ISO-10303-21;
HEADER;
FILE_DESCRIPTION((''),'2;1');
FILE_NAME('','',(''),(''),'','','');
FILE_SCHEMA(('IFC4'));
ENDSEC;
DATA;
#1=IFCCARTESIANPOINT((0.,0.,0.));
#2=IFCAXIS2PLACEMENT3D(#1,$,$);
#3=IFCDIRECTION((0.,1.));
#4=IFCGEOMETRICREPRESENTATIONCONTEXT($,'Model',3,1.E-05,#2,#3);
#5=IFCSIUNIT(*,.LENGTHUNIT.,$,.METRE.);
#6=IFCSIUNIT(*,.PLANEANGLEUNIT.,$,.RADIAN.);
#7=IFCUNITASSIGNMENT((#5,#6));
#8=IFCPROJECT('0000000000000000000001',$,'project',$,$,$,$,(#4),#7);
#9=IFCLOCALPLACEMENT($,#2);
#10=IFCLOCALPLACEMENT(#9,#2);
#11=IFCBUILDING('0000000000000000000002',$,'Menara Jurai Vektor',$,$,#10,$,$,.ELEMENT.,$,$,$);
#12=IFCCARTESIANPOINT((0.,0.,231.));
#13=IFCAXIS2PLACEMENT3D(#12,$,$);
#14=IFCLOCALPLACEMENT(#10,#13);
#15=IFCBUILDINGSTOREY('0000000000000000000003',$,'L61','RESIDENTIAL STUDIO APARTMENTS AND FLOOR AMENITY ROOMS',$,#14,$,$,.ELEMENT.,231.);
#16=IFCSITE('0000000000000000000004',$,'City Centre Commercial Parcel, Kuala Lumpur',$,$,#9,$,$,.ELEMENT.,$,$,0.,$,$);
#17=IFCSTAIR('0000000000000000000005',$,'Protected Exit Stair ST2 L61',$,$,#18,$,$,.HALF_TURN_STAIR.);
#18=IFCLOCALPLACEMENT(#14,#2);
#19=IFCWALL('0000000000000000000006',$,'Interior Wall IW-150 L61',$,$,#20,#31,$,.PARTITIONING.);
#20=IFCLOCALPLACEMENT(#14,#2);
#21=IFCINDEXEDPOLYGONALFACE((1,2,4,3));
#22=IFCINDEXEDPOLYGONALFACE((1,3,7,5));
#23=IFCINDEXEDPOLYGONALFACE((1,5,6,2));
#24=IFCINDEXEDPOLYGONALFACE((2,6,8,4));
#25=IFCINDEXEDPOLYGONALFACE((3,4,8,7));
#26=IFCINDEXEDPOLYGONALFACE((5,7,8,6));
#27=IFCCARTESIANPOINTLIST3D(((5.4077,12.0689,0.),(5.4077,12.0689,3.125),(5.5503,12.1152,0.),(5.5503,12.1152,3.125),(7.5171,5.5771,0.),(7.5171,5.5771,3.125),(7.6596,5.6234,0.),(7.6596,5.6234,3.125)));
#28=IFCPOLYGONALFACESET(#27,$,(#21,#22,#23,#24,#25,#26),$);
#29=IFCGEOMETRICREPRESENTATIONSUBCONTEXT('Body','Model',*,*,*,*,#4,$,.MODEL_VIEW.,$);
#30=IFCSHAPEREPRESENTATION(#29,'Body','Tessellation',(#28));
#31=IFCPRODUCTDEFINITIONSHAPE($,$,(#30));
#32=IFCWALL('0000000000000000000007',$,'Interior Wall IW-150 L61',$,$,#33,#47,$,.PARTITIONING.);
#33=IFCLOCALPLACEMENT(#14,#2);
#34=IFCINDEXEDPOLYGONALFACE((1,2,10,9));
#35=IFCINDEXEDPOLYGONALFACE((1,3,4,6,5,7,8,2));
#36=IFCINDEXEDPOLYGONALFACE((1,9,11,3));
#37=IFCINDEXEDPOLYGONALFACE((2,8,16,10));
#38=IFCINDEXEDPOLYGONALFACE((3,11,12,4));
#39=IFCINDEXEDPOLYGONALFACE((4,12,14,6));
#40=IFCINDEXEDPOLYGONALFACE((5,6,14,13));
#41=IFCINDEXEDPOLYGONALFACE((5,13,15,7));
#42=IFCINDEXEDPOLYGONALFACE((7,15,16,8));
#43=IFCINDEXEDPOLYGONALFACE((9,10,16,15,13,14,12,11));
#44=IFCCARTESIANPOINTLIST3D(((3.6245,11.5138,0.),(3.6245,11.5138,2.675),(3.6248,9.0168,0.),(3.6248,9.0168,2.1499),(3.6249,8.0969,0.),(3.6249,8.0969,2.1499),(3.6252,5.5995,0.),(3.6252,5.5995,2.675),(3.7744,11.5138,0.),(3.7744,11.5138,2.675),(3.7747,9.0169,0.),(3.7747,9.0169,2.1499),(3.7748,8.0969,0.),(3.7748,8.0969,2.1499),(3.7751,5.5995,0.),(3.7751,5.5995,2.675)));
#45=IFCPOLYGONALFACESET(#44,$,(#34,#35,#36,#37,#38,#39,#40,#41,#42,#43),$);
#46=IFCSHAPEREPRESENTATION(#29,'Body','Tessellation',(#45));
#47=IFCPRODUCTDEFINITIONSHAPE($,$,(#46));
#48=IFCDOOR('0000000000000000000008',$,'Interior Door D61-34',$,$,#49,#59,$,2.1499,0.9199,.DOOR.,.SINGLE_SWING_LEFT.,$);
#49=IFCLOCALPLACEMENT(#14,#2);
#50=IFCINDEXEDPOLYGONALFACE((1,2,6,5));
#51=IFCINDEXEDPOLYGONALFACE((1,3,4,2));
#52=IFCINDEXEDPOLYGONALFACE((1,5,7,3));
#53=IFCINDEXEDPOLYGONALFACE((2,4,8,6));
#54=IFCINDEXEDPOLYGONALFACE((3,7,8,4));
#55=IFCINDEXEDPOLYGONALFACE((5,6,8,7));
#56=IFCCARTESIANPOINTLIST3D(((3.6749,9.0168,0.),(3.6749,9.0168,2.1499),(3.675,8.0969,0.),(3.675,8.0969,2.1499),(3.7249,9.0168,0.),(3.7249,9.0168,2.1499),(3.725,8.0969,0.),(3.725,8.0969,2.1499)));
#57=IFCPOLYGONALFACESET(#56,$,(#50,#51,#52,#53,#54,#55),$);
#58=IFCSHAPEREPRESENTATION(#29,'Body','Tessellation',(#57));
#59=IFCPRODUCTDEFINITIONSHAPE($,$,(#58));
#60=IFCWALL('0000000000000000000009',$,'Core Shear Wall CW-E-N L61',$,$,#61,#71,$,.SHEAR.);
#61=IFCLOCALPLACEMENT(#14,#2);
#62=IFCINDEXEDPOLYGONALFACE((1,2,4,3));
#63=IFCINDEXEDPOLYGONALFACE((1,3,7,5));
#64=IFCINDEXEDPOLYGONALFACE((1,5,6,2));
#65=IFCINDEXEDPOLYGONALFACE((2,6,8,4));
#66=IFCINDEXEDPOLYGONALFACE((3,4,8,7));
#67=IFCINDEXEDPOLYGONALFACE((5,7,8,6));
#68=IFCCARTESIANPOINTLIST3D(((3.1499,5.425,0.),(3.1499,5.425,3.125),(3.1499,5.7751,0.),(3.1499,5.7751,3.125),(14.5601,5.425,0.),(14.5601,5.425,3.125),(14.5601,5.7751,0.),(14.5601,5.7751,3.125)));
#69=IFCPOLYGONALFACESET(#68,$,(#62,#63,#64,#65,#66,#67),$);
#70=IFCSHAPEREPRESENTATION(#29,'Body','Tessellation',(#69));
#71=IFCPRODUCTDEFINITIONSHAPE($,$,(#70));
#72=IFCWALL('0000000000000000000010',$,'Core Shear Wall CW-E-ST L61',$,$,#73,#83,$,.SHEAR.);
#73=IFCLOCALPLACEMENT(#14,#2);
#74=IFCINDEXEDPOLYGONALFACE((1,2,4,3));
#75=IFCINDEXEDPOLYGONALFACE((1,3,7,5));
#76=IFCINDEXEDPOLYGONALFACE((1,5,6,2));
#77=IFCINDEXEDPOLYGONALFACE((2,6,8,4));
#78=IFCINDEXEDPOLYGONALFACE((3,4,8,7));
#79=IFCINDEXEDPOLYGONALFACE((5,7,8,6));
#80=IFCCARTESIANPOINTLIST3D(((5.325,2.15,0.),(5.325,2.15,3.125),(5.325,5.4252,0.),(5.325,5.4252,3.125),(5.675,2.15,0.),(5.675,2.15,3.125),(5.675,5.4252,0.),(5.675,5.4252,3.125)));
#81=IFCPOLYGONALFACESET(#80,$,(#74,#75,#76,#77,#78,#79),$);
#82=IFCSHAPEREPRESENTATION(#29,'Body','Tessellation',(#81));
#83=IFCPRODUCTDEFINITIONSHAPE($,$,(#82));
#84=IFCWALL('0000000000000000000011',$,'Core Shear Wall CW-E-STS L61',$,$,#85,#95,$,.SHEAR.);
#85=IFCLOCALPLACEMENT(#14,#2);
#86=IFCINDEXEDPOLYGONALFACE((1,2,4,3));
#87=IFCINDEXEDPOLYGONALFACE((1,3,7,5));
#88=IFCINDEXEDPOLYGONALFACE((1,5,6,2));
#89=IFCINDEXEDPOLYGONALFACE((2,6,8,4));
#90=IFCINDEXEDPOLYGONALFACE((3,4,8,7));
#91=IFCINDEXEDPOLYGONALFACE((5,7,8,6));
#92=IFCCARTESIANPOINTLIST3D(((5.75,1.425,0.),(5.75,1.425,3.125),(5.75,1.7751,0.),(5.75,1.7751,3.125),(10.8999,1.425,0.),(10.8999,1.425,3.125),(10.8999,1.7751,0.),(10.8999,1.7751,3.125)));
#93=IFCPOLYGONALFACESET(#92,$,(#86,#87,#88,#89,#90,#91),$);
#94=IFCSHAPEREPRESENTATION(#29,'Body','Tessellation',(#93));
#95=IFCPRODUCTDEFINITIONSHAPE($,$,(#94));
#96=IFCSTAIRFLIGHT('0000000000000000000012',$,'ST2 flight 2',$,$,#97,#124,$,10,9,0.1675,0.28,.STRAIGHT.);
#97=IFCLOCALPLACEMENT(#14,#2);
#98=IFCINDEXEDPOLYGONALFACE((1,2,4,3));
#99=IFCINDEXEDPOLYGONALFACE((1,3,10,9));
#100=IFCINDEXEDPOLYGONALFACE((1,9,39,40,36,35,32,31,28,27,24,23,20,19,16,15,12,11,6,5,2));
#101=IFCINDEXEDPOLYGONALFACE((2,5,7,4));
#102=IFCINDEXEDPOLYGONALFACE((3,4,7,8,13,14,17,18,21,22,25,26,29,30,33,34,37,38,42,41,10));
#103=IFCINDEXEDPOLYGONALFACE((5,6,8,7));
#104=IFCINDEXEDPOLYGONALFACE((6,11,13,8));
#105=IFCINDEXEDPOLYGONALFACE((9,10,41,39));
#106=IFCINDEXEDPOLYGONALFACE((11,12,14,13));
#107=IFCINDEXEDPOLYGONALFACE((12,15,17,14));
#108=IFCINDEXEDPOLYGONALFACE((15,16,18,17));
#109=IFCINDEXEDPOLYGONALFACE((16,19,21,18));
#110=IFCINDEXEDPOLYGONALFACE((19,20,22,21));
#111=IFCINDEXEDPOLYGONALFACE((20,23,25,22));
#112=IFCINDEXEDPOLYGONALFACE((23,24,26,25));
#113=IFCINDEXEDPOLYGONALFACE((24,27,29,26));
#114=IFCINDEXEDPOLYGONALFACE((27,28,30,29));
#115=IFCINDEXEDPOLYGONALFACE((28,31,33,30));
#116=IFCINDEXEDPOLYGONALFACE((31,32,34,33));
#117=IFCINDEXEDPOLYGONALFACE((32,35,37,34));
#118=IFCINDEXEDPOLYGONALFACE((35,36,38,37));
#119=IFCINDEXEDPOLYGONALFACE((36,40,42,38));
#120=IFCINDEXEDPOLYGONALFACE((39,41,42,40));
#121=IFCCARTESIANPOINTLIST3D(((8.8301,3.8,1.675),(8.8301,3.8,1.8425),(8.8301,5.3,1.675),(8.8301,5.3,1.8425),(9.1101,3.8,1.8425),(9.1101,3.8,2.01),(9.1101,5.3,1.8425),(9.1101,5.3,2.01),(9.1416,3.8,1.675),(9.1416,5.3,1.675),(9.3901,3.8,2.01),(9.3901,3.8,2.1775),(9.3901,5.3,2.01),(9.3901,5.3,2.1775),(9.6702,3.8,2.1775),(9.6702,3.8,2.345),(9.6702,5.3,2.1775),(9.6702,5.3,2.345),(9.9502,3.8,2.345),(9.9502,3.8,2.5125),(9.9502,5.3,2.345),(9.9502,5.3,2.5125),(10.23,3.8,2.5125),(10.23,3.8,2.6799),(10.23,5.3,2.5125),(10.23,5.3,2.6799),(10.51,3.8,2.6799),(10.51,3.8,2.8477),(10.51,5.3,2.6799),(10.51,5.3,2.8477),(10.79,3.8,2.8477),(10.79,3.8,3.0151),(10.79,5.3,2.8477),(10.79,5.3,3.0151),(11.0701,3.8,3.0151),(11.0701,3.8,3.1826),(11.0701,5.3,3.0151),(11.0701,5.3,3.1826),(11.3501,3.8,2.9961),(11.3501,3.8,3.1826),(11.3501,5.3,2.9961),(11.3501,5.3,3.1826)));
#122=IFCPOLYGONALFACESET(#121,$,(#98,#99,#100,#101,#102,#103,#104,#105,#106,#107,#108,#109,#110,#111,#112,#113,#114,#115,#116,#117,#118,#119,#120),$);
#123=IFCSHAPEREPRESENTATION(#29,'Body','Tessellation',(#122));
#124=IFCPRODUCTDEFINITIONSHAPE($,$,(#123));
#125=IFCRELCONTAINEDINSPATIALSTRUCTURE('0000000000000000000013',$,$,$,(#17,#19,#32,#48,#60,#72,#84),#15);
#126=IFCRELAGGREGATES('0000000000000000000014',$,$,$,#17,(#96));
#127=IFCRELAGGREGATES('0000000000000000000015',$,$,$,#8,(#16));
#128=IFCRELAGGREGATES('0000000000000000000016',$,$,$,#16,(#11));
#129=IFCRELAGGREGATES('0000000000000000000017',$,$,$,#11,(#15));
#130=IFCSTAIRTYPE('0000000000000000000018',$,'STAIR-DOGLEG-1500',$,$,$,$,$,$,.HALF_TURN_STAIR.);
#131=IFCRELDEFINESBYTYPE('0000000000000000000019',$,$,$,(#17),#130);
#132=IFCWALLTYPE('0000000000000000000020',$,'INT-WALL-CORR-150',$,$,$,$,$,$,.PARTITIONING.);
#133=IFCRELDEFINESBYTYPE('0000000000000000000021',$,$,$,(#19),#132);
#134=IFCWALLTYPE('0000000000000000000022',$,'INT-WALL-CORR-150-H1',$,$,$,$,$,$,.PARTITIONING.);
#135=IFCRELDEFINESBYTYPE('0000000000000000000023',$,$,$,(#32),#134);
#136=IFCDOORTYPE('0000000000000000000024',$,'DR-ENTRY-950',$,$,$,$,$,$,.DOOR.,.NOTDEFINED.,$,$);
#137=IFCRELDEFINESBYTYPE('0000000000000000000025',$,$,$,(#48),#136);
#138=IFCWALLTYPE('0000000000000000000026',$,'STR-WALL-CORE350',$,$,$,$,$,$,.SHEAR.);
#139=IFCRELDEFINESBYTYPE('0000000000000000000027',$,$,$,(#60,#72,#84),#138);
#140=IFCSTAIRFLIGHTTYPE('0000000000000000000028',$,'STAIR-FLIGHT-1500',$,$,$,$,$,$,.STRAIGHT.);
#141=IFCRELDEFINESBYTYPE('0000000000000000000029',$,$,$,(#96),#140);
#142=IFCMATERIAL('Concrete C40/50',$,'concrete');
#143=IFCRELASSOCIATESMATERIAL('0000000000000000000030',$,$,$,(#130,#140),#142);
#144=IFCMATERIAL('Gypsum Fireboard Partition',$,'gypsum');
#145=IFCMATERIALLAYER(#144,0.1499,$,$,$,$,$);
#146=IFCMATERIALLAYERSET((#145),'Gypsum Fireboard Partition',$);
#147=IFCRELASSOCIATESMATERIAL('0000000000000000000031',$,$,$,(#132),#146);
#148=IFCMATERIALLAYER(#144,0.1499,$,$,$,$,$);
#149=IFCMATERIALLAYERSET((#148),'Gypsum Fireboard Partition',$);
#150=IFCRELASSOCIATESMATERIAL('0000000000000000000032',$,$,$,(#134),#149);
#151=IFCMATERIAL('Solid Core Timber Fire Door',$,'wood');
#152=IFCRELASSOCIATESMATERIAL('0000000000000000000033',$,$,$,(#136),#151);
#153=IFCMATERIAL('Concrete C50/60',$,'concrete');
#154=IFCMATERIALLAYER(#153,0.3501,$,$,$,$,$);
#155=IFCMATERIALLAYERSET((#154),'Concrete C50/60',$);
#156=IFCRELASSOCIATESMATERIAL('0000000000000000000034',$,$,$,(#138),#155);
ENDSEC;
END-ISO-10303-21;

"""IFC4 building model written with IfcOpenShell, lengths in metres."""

from ifc_helpers import new_model, si_unit, direction, frame, frame_2d, origin, place, context, subcontext, project, spatial, polyline, rectangle, outline, extrude, material, layer, layer_set, type_object, element, fill, aggregate, save


model = new_model("IFC4")

# Units and contexts
model_context = context("Model", 3, precision=1e-05, world=origin(), true_north=direction((0.0, 1.0)))
body_context = subcontext(model_context, "Body", "Model", "MODEL_VIEW")
ifc_project = project(units=[si_unit("LENGTHUNIT", "METRE"), si_unit("PLANEANGLEUNIT", "RADIAN")], contexts=[model_context])

# Site, building, storey
site_placement = place(None, origin())
site = spatial("IfcSite", under=ifc_project, at=site_placement, Name="City Centre Commercial Parcel, Kuala Lumpur", CompositionType="ELEMENT", RefElevation=0.0)
building_placement = place(site_placement, origin())
building = spatial("IfcBuilding", under=site, at=building_placement, Name="Menara Jurai Vektor", CompositionType="ELEMENT")
storey_placement = place(building_placement, frame((0.0, 0.0, 231.0)))
storey = spatial("IfcBuildingStorey", under=building, at=storey_placement, Name="L61", Description="RESIDENTIAL STUDIO APARTMENTS AND FLOOR AMENITY ROOMS", CompositionType="ELEMENT", Elevation=231.0)

# Shared definitions
ifc_material_1 = material(Name="Concrete C50/60", Category="concrete")

# Stair
ifc_material_2 = material(Name="Concrete C40/50", Category="concrete")
stair_type = type_object("IfcStairType", Name="STAIR-DOGLEG-1500", PredefinedType="HALF_TURN_STAIR", material=ifc_material_2)
stair_1_placement = place(storey_placement, origin())
stair_1 = element("IfcStair", 1, at=stair_1_placement, inside=storey, type_object=stair_type, Name="Protected Exit Stair ST2 L61", PredefinedType="HALF_TURN_STAIR")

# Wall
ifc_material_3 = material(Name="Gypsum Fireboard Partition", Category="gypsum")
ifc_layer_1 = layer(ifc_material_3, 0.1499)
ifc_layer_set_1 = layer_set([ifc_layer_1], Name="Gypsum Fireboard Partition")
wall_type_1 = type_object("IfcWallType", Name="INT-WALL-CORR-150", PredefinedType="PARTITIONING", material=ifc_layer_set_1)
wall_1_placement = place(storey_placement, frame((7.5884, 5.6001, 0.0), z_axis=(0.0, 0.0, 1.0), x_axis=(-0.309019, 0.951056, 0.0)))
element("IfcWall", 2, at=wall_1_placement, inside=storey, type_object=wall_type_1, Name="Interior Wall IW-150 L61", PredefinedType="PARTITIONING", context=body_context, shape_type="SweptSolid", body=[
    extrude(rectangle(XDim=6.8259, YDim=0.1499, at=frame_2d((3.4131, 0.0))), origin(), (0.0, 0.0, 1.0), 3.125),
])

# Wall, opening, door
ifc_layer_2 = layer(ifc_material_3, 0.1499)
ifc_layer_set_2 = layer_set([ifc_layer_2], Name="Gypsum Fireboard Partition")
wall_type_2 = type_object("IfcWallType", Name="INT-WALL-CORR-150-H1", PredefinedType="PARTITIONING", material=ifc_layer_set_2)
wall_2_placement = place(storey_placement, frame((3.7002, 5.5996, 0.0), z_axis=(0.0, 0.0, 1.0), x_axis=(-0.000124, 1.0, 0.0)))
wall_2 = element("IfcWall", 3, at=wall_2_placement, inside=storey, type_object=wall_type_2, Name="Interior Wall IW-150 L61", PredefinedType="PARTITIONING", context=body_context, shape_type="SweptSolid", body=[
    extrude(rectangle(XDim=5.9143, YDim=0.1499, at=frame_2d((2.957, 0.0))), origin(), (0.0, 0.0, 1.0), 2.675),
])
opening_1_placement = place(wall_2_placement, frame((2.4973, 0.0, 0.0)))
opening_1 = element("IfcOpeningElement", 4, at=opening_1_placement, cuts=wall_2, PredefinedType="OPENING", context=body_context, shape_type="SweptSolid", body=[
    extrude(rectangle(XDim=0.9199, YDim=2.1499, at=frame_2d((0.46, 1.075))), frame((0.0, 0.085, 0.0), z_axis=(0.0, -1.0, 0.0), x_axis=(1.0, 0.0, 0.0)), (0.0, 0.0, 1.0), 0.1699),
])
ifc_material_4 = material(Name="Solid Core Timber Fire Door", Category="wood")
door_type_1 = type_object("IfcDoorType", Name="DR-ENTRY-950", OperationType="NOTDEFINED", PredefinedType="DOOR", material=ifc_material_4)
door_1_placement = place(opening_1_placement, origin())
door_1 = element("IfcDoor", 5, at=door_1_placement, inside=storey, type_object=door_type_1, Name="Interior Door D61-34", OperationType="SINGLE_SWING_LEFT", OverallHeight=2.1499, OverallWidth=0.9199, PredefinedType="DOOR", context=body_context, shape_type="SweptSolid", body=[
    extrude(rectangle(XDim=0.9199, YDim=2.1499, at=frame_2d((0.46, 1.075))), frame((0.0, 0.0249, 0.0), z_axis=(0.0, -1.0, 0.0), x_axis=(1.0, 0.0, 0.0)), (0.0, 0.0, 1.0), 0.05),
])
fill(opening_1, door_1)

# Walls
ifc_layer_3 = layer(ifc_material_1, 0.3501)
ifc_layer_set_3 = layer_set([ifc_layer_3], Name="Concrete C50/60")
wall_type_3 = type_object("IfcWallType", Name="STR-WALL-CORE350", PredefinedType="SHEAR", material=ifc_layer_set_3)
wall_3_placement = place(storey_placement, frame((3.1499, 5.6001, 0.0), z_axis=(0.0, 0.0, 1.0), x_axis=(1.0, 0.0, 0.0)))
element("IfcWall", 6, at=wall_3_placement, inside=storey, type_object=wall_type_3, Name="Core Shear Wall CW-E-N L61", PredefinedType="SHEAR", context=body_context, shape_type="SweptSolid", body=[
    extrude(rectangle(XDim=11.4102, YDim=0.3501, at=frame_2d((5.7051, 0.0))), origin(), (0.0, 0.0, 1.0), 3.125),
])
wall_4_placement = place(storey_placement, frame((5.5, 2.1499, 0.0), z_axis=(0.0, 0.0, 1.0), x_axis=(0.0, 1.0, 0.0)))
element("IfcWall", 7, at=wall_4_placement, inside=storey, type_object=wall_type_3, Name="Core Shear Wall CW-E-ST L61", PredefinedType="SHEAR", context=body_context, shape_type="SweptSolid", body=[
    extrude(rectangle(XDim=3.2751, YDim=0.3501, at=frame_2d((1.6377, 0.0))), origin(), (0.0, 0.0, 1.0), 3.125),
])
wall_5_placement = place(storey_placement, frame((5.75, 1.6001, 0.0), z_axis=(0.0, 0.0, 1.0), x_axis=(1.0, 0.0, 0.0)))
element("IfcWall", 8, at=wall_5_placement, inside=storey, type_object=wall_type_3, Name="Core Shear Wall CW-E-STS L61", PredefinedType="SHEAR", context=body_context, shape_type="SweptSolid", body=[
    extrude(rectangle(XDim=5.1499, YDim=0.3501, at=frame_2d((2.575, 0.0))), origin(), (0.0, 0.0, 1.0), 3.125),
])

# Stair flight
stair_flight_type = type_object("IfcStairFlightType", Name="STAIR-FLIGHT-1500", PredefinedType="STRAIGHT", material=ifc_material_2)
stair_flight_placement = place(storey_placement, frame((8.8301, 4.55, 1.675), z_axis=(0.0, 0.0, 1.0), x_axis=(1.0, 0.0, 0.0)))
stair_flight = element("IfcStairFlight", 9, at=stair_flight_placement, type_object=stair_flight_type, Name="ST2 flight 2", NumberOfRisers=10, NumberOfTreads=9, PredefinedType="STRAIGHT", RiserHeight=0.1675, TreadLength=0.28, context=body_context, shape_type="SweptSolid", body=[
    extrude(outline(polyline([(0.0, 0.0), (0.0, 0.1675), (0.28, 0.1675), (0.28, 0.335), (0.5601, 0.335), (0.5601, 0.5024), (0.8401, 0.5024), (0.8401, 0.6699), (1.1201, 0.6699), (1.1201, 0.8374), (1.3999, 0.8374), (1.3999, 1.0049), (1.6799, 1.0049), (1.6799, 1.1726), (1.96, 1.1726), (1.96, 1.3401), (2.24, 1.3401), (2.24, 1.5076), (2.52, 1.5076), (2.52, 1.675), (2.52, 1.321), (0.3115, 0.0), (0.0, 0.0)])), frame((0.0, 0.75, 0.0), z_axis=(0.0, -1.0, 0.0), x_axis=(1.0, 0.0, 0.0)), (0.0, 0.0, 1.0), 1.5),
])
aggregate(stair_1, [stair_flight])

save(model, "model.ifc")
